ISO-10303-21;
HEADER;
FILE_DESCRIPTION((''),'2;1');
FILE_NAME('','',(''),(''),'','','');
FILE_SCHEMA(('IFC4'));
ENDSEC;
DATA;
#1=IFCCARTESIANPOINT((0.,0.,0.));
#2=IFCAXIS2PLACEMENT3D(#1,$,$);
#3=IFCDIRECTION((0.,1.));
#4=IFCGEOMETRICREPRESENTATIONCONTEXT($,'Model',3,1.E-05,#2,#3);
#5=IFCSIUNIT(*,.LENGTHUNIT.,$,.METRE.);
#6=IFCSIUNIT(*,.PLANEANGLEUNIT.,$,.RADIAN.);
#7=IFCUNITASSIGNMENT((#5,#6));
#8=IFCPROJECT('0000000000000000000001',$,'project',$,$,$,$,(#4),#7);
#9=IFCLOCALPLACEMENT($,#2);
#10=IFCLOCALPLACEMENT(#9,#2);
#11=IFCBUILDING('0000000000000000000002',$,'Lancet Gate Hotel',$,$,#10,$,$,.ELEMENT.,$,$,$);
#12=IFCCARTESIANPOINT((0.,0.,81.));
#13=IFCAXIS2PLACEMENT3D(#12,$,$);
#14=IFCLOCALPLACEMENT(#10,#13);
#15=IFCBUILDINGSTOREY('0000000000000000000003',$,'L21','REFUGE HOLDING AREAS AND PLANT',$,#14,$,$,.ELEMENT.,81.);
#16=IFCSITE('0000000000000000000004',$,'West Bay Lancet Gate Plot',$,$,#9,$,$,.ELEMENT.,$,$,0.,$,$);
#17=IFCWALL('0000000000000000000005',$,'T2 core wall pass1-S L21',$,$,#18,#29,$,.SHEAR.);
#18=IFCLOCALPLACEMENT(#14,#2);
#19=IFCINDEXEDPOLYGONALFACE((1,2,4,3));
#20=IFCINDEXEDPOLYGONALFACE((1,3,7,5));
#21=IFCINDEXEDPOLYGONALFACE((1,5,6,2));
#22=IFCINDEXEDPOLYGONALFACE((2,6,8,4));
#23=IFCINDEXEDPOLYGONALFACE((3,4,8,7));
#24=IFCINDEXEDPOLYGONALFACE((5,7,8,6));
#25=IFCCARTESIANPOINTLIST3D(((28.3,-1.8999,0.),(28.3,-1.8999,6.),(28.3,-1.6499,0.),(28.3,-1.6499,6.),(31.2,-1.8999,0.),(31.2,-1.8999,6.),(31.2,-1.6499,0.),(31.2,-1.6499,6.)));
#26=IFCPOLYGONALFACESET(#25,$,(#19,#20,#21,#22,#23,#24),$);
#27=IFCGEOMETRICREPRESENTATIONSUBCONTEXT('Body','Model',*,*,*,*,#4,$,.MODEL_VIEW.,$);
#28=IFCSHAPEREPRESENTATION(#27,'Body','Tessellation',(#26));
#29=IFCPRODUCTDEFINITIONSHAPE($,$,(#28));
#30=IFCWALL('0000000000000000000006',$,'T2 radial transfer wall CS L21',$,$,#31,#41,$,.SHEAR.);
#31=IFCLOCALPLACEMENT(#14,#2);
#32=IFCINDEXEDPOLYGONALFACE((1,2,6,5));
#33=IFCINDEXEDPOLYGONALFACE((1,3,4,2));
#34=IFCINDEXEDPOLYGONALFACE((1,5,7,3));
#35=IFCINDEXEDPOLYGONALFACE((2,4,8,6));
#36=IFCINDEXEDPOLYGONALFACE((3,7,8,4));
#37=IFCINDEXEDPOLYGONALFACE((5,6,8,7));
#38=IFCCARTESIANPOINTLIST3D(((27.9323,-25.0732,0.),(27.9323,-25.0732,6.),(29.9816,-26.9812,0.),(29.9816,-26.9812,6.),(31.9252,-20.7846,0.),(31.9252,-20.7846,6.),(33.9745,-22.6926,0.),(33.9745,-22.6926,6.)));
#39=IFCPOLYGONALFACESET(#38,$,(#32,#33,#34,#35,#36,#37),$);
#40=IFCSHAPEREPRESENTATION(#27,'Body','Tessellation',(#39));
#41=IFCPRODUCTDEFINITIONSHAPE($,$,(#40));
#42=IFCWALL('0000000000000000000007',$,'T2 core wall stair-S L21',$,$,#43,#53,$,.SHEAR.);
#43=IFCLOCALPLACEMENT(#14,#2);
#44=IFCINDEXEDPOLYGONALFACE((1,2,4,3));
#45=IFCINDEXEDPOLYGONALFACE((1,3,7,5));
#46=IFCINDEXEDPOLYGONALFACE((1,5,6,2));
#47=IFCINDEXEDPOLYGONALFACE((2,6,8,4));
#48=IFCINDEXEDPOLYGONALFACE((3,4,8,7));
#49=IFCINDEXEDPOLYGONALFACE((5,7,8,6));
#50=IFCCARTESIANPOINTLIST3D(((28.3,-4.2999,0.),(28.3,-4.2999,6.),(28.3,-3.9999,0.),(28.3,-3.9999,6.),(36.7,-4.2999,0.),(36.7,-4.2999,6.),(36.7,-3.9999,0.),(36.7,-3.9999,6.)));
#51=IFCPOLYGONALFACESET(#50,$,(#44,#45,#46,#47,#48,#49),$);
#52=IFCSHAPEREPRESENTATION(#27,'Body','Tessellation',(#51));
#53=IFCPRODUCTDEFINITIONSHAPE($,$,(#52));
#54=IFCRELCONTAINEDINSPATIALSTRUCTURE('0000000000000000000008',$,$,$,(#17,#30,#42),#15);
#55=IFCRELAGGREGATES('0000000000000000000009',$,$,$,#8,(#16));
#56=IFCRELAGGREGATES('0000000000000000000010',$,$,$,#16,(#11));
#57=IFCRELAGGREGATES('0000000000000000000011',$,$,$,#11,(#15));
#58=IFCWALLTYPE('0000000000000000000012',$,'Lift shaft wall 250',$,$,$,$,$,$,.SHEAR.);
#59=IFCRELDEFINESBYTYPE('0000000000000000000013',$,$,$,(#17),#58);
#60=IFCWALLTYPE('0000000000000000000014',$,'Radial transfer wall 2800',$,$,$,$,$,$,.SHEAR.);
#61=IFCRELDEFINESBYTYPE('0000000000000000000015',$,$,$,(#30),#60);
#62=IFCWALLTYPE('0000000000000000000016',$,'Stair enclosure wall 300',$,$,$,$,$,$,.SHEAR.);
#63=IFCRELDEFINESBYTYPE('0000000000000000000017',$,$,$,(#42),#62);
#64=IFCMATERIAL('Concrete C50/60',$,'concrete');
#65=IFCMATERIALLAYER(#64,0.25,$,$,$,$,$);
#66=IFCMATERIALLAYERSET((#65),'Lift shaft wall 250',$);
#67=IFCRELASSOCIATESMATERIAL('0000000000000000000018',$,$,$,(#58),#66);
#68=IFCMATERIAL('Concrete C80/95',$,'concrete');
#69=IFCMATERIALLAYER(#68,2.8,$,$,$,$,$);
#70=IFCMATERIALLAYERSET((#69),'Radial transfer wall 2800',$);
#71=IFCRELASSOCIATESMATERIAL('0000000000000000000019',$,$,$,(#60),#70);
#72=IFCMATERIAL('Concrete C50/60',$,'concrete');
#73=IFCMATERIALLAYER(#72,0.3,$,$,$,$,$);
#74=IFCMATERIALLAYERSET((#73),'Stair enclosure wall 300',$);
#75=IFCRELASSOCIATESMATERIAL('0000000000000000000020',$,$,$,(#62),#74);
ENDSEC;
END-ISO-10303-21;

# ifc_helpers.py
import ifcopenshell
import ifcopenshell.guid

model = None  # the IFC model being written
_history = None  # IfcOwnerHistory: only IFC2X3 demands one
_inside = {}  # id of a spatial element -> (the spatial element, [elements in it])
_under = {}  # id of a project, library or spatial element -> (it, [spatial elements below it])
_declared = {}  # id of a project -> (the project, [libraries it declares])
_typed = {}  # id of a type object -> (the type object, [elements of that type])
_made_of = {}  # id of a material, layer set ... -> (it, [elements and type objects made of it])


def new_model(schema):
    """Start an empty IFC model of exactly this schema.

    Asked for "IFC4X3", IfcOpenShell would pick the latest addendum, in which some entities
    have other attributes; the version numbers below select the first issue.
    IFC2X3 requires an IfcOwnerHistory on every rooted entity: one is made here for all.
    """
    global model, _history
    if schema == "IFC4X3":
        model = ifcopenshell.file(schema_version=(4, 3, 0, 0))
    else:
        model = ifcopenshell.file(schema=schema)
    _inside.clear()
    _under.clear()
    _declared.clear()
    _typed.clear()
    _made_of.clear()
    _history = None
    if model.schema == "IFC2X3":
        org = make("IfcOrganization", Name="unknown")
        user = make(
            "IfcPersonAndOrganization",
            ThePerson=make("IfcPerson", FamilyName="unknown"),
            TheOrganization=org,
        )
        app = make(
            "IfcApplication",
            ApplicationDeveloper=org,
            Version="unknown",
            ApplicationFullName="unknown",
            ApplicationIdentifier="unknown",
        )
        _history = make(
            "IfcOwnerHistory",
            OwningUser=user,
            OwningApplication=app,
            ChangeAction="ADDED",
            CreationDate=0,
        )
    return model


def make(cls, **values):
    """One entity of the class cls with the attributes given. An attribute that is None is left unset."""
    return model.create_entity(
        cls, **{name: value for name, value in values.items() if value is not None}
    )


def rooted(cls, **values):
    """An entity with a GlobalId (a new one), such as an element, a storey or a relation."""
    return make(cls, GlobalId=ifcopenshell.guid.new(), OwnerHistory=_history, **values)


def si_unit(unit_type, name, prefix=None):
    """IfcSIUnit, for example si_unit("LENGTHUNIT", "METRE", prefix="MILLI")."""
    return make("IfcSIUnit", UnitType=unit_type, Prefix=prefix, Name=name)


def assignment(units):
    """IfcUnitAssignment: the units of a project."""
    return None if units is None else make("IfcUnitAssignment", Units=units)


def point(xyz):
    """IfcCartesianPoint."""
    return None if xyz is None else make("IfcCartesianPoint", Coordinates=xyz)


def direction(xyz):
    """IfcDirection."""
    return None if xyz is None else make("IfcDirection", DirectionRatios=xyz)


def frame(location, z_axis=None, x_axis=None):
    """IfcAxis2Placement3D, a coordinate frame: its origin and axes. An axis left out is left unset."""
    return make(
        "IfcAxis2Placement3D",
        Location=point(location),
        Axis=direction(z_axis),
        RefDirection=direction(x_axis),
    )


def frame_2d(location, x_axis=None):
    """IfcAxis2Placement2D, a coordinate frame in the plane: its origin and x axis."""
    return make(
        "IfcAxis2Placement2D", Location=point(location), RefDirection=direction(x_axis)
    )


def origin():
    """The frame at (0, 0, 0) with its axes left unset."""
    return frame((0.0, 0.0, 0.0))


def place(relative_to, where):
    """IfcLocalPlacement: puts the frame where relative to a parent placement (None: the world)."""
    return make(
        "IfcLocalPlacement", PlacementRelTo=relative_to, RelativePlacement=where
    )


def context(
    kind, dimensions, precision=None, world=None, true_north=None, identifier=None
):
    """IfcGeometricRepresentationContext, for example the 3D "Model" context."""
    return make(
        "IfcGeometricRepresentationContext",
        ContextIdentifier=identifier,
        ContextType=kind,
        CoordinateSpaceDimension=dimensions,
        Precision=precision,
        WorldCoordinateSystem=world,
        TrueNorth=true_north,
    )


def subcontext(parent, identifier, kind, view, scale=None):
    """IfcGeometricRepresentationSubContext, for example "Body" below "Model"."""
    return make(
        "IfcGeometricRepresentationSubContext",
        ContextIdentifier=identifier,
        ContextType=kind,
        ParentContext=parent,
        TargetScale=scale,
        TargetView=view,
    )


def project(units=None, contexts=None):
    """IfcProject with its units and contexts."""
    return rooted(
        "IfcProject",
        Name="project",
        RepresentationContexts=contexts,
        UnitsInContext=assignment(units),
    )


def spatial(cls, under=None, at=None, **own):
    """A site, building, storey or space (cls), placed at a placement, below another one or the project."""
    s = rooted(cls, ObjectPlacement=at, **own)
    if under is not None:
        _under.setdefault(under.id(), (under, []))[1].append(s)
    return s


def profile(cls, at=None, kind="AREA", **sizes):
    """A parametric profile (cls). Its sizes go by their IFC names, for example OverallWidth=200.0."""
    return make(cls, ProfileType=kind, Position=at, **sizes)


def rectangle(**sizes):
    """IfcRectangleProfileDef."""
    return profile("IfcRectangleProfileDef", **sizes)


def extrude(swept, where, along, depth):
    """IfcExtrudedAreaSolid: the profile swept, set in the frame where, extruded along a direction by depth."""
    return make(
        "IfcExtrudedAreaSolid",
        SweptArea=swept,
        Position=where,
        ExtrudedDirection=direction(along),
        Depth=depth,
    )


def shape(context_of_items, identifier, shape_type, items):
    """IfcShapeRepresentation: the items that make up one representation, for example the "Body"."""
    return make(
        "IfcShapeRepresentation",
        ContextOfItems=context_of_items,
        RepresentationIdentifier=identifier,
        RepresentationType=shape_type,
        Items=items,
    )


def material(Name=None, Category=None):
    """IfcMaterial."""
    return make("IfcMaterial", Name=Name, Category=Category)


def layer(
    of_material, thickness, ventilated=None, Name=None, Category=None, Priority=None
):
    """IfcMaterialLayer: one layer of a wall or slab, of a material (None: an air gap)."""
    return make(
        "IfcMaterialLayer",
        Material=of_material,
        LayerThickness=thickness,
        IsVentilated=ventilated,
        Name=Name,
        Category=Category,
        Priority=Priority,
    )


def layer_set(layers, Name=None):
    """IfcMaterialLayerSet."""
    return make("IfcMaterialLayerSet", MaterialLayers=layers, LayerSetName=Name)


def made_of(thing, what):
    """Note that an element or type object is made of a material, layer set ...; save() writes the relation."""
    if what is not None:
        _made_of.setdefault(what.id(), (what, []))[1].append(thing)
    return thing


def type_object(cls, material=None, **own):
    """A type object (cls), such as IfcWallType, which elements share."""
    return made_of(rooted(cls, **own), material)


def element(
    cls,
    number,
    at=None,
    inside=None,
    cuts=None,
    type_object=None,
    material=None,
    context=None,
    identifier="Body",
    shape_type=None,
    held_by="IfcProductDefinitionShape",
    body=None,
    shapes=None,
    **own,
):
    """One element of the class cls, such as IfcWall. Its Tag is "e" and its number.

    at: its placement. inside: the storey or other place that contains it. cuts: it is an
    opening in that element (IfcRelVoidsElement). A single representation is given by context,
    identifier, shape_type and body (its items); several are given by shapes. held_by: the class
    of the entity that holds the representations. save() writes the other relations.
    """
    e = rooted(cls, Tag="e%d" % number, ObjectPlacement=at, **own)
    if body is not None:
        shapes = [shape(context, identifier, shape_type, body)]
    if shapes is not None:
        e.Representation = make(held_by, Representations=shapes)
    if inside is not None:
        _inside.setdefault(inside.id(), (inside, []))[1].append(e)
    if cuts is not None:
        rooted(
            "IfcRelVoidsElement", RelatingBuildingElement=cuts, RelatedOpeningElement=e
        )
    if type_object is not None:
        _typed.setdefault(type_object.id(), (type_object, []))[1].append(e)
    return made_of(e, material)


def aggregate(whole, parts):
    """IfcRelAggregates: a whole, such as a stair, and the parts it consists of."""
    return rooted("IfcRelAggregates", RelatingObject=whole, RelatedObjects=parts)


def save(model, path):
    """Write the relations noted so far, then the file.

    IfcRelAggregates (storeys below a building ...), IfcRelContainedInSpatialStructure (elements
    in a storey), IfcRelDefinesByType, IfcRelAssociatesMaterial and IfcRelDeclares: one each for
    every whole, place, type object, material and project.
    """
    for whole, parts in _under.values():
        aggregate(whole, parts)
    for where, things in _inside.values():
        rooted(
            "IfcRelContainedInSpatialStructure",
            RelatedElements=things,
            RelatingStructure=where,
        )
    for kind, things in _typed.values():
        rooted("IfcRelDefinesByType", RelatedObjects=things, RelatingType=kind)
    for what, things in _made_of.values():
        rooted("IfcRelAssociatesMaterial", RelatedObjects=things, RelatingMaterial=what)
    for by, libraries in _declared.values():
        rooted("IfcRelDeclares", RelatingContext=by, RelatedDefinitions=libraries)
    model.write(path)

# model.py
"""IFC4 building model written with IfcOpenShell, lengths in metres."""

from ifc_helpers import new_model, si_unit, direction, frame, frame_2d, origin, place, context, subcontext, project, spatial, rectangle, extrude, material, layer, layer_set, type_object, element, save


model = new_model("IFC4")

# Units and contexts
model_context = context("Model", 3, precision=1e-05, world=origin(), true_north=direction((0.0, 1.0)))
body_context = subcontext(model_context, "Body", "Model", "MODEL_VIEW")
ifc_project = project(units=[si_unit("LENGTHUNIT", "METRE"), si_unit("PLANEANGLEUNIT", "RADIAN")], contexts=[model_context])

# Site, building, storey
site_placement = place(None, origin())
site = spatial("IfcSite", under=ifc_project, at=site_placement, Name="West Bay Lancet Gate Plot", CompositionType="ELEMENT", RefElevation=0.0)
building_placement = place(site_placement, origin())
building = spatial("IfcBuilding", under=site, at=building_placement, Name="Lancet Gate Hotel", CompositionType="ELEMENT")
storey_placement = place(building_placement, frame((0.0, 0.0, 81.0)))
storey = spatial("IfcBuildingStorey", under=building, at=storey_placement, Name="L21", Description="REFUGE HOLDING AREAS AND PLANT", CompositionType="ELEMENT", Elevation=81.0)

# Walls
ifc_material_1 = material(Name="Concrete C50/60", Category="concrete")
ifc_layer_1 = layer(ifc_material_1, 0.25)
ifc_layer_set_1 = layer_set([ifc_layer_1], Name="Lift shaft wall 250")
wall_type_1 = type_object("IfcWallType", Name="Lift shaft wall 250", PredefinedType="SHEAR", material=ifc_layer_set_1)
wall_1_placement = place(storey_placement, frame((28.3, -1.7749, 0.0), z_axis=(0.0, 0.0, 1.0), x_axis=(1.0, 0.0, 0.0)))
element("IfcWall", 1, at=wall_1_placement, inside=storey, type_object=wall_type_1, Name="T2 core wall pass1-S L21", PredefinedType="SHEAR", context=body_context, shape_type="SweptSolid", body=[
    extrude(rectangle(XDim=2.8999, YDim=0.25, at=frame_2d((1.45, 0.0))), origin(), (0.0, 0.0, 1.0), 6.0),
])
ifc_material_2 = material(Name="Concrete C80/95", Category="concrete")
ifc_layer_2 = layer(ifc_material_2, 2.8)
ifc_layer_set_2 = layer_set([ifc_layer_2], Name="Radial transfer wall 2800")
wall_type_2 = type_object("IfcWallType", Name="Radial transfer wall 2800", PredefinedType="SHEAR", material=ifc_layer_set_2)
wall_2_placement = place(storey_placement, frame((28.957, -26.0271, 0.0), z_axis=(0.0, 0.0, 1.0), x_axis=(0.681429, 0.731885, 0.0)))
element("IfcWall", 2, at=wall_2_placement, inside=storey, type_object=wall_type_2, Name="T2 radial transfer wall CS L21", PredefinedType="SHEAR", context=body_context, shape_type="SweptSolid", body=[
    extrude(rectangle(XDim=5.8596, YDim=2.8, at=frame_2d((2.9297, 0.0))), origin(), (0.0, 0.0, 1.0), 6.0),
])
ifc_material_3 = material(Name="Concrete C50/60", Category="concrete")
ifc_layer_3 = layer(ifc_material_3, 0.3)
ifc_layer_set_3 = layer_set([ifc_layer_3], Name="Stair enclosure wall 300")
wall_type_3 = type_object("IfcWallType", Name="Stair enclosure wall 300", PredefinedType="SHEAR", material=ifc_layer_set_3)
wall_3_placement = place(storey_placement, frame((28.3, -4.1499, 0.0), z_axis=(0.0, 0.0, 1.0), x_axis=(1.0, 0.0, 0.0)))
element("IfcWall", 3, at=wall_3_placement, inside=storey, type_object=wall_type_3, Name="T2 core wall stair-S L21", PredefinedType="SHEAR", context=body_context, shape_type="SweptSolid", body=[
    extrude(rectangle(XDim=8.3999, YDim=0.3, at=frame_2d((4.2, 0.0))), origin(), (0.0, 0.0, 1.0), 6.0),
])

save(model, "model.ifc")
